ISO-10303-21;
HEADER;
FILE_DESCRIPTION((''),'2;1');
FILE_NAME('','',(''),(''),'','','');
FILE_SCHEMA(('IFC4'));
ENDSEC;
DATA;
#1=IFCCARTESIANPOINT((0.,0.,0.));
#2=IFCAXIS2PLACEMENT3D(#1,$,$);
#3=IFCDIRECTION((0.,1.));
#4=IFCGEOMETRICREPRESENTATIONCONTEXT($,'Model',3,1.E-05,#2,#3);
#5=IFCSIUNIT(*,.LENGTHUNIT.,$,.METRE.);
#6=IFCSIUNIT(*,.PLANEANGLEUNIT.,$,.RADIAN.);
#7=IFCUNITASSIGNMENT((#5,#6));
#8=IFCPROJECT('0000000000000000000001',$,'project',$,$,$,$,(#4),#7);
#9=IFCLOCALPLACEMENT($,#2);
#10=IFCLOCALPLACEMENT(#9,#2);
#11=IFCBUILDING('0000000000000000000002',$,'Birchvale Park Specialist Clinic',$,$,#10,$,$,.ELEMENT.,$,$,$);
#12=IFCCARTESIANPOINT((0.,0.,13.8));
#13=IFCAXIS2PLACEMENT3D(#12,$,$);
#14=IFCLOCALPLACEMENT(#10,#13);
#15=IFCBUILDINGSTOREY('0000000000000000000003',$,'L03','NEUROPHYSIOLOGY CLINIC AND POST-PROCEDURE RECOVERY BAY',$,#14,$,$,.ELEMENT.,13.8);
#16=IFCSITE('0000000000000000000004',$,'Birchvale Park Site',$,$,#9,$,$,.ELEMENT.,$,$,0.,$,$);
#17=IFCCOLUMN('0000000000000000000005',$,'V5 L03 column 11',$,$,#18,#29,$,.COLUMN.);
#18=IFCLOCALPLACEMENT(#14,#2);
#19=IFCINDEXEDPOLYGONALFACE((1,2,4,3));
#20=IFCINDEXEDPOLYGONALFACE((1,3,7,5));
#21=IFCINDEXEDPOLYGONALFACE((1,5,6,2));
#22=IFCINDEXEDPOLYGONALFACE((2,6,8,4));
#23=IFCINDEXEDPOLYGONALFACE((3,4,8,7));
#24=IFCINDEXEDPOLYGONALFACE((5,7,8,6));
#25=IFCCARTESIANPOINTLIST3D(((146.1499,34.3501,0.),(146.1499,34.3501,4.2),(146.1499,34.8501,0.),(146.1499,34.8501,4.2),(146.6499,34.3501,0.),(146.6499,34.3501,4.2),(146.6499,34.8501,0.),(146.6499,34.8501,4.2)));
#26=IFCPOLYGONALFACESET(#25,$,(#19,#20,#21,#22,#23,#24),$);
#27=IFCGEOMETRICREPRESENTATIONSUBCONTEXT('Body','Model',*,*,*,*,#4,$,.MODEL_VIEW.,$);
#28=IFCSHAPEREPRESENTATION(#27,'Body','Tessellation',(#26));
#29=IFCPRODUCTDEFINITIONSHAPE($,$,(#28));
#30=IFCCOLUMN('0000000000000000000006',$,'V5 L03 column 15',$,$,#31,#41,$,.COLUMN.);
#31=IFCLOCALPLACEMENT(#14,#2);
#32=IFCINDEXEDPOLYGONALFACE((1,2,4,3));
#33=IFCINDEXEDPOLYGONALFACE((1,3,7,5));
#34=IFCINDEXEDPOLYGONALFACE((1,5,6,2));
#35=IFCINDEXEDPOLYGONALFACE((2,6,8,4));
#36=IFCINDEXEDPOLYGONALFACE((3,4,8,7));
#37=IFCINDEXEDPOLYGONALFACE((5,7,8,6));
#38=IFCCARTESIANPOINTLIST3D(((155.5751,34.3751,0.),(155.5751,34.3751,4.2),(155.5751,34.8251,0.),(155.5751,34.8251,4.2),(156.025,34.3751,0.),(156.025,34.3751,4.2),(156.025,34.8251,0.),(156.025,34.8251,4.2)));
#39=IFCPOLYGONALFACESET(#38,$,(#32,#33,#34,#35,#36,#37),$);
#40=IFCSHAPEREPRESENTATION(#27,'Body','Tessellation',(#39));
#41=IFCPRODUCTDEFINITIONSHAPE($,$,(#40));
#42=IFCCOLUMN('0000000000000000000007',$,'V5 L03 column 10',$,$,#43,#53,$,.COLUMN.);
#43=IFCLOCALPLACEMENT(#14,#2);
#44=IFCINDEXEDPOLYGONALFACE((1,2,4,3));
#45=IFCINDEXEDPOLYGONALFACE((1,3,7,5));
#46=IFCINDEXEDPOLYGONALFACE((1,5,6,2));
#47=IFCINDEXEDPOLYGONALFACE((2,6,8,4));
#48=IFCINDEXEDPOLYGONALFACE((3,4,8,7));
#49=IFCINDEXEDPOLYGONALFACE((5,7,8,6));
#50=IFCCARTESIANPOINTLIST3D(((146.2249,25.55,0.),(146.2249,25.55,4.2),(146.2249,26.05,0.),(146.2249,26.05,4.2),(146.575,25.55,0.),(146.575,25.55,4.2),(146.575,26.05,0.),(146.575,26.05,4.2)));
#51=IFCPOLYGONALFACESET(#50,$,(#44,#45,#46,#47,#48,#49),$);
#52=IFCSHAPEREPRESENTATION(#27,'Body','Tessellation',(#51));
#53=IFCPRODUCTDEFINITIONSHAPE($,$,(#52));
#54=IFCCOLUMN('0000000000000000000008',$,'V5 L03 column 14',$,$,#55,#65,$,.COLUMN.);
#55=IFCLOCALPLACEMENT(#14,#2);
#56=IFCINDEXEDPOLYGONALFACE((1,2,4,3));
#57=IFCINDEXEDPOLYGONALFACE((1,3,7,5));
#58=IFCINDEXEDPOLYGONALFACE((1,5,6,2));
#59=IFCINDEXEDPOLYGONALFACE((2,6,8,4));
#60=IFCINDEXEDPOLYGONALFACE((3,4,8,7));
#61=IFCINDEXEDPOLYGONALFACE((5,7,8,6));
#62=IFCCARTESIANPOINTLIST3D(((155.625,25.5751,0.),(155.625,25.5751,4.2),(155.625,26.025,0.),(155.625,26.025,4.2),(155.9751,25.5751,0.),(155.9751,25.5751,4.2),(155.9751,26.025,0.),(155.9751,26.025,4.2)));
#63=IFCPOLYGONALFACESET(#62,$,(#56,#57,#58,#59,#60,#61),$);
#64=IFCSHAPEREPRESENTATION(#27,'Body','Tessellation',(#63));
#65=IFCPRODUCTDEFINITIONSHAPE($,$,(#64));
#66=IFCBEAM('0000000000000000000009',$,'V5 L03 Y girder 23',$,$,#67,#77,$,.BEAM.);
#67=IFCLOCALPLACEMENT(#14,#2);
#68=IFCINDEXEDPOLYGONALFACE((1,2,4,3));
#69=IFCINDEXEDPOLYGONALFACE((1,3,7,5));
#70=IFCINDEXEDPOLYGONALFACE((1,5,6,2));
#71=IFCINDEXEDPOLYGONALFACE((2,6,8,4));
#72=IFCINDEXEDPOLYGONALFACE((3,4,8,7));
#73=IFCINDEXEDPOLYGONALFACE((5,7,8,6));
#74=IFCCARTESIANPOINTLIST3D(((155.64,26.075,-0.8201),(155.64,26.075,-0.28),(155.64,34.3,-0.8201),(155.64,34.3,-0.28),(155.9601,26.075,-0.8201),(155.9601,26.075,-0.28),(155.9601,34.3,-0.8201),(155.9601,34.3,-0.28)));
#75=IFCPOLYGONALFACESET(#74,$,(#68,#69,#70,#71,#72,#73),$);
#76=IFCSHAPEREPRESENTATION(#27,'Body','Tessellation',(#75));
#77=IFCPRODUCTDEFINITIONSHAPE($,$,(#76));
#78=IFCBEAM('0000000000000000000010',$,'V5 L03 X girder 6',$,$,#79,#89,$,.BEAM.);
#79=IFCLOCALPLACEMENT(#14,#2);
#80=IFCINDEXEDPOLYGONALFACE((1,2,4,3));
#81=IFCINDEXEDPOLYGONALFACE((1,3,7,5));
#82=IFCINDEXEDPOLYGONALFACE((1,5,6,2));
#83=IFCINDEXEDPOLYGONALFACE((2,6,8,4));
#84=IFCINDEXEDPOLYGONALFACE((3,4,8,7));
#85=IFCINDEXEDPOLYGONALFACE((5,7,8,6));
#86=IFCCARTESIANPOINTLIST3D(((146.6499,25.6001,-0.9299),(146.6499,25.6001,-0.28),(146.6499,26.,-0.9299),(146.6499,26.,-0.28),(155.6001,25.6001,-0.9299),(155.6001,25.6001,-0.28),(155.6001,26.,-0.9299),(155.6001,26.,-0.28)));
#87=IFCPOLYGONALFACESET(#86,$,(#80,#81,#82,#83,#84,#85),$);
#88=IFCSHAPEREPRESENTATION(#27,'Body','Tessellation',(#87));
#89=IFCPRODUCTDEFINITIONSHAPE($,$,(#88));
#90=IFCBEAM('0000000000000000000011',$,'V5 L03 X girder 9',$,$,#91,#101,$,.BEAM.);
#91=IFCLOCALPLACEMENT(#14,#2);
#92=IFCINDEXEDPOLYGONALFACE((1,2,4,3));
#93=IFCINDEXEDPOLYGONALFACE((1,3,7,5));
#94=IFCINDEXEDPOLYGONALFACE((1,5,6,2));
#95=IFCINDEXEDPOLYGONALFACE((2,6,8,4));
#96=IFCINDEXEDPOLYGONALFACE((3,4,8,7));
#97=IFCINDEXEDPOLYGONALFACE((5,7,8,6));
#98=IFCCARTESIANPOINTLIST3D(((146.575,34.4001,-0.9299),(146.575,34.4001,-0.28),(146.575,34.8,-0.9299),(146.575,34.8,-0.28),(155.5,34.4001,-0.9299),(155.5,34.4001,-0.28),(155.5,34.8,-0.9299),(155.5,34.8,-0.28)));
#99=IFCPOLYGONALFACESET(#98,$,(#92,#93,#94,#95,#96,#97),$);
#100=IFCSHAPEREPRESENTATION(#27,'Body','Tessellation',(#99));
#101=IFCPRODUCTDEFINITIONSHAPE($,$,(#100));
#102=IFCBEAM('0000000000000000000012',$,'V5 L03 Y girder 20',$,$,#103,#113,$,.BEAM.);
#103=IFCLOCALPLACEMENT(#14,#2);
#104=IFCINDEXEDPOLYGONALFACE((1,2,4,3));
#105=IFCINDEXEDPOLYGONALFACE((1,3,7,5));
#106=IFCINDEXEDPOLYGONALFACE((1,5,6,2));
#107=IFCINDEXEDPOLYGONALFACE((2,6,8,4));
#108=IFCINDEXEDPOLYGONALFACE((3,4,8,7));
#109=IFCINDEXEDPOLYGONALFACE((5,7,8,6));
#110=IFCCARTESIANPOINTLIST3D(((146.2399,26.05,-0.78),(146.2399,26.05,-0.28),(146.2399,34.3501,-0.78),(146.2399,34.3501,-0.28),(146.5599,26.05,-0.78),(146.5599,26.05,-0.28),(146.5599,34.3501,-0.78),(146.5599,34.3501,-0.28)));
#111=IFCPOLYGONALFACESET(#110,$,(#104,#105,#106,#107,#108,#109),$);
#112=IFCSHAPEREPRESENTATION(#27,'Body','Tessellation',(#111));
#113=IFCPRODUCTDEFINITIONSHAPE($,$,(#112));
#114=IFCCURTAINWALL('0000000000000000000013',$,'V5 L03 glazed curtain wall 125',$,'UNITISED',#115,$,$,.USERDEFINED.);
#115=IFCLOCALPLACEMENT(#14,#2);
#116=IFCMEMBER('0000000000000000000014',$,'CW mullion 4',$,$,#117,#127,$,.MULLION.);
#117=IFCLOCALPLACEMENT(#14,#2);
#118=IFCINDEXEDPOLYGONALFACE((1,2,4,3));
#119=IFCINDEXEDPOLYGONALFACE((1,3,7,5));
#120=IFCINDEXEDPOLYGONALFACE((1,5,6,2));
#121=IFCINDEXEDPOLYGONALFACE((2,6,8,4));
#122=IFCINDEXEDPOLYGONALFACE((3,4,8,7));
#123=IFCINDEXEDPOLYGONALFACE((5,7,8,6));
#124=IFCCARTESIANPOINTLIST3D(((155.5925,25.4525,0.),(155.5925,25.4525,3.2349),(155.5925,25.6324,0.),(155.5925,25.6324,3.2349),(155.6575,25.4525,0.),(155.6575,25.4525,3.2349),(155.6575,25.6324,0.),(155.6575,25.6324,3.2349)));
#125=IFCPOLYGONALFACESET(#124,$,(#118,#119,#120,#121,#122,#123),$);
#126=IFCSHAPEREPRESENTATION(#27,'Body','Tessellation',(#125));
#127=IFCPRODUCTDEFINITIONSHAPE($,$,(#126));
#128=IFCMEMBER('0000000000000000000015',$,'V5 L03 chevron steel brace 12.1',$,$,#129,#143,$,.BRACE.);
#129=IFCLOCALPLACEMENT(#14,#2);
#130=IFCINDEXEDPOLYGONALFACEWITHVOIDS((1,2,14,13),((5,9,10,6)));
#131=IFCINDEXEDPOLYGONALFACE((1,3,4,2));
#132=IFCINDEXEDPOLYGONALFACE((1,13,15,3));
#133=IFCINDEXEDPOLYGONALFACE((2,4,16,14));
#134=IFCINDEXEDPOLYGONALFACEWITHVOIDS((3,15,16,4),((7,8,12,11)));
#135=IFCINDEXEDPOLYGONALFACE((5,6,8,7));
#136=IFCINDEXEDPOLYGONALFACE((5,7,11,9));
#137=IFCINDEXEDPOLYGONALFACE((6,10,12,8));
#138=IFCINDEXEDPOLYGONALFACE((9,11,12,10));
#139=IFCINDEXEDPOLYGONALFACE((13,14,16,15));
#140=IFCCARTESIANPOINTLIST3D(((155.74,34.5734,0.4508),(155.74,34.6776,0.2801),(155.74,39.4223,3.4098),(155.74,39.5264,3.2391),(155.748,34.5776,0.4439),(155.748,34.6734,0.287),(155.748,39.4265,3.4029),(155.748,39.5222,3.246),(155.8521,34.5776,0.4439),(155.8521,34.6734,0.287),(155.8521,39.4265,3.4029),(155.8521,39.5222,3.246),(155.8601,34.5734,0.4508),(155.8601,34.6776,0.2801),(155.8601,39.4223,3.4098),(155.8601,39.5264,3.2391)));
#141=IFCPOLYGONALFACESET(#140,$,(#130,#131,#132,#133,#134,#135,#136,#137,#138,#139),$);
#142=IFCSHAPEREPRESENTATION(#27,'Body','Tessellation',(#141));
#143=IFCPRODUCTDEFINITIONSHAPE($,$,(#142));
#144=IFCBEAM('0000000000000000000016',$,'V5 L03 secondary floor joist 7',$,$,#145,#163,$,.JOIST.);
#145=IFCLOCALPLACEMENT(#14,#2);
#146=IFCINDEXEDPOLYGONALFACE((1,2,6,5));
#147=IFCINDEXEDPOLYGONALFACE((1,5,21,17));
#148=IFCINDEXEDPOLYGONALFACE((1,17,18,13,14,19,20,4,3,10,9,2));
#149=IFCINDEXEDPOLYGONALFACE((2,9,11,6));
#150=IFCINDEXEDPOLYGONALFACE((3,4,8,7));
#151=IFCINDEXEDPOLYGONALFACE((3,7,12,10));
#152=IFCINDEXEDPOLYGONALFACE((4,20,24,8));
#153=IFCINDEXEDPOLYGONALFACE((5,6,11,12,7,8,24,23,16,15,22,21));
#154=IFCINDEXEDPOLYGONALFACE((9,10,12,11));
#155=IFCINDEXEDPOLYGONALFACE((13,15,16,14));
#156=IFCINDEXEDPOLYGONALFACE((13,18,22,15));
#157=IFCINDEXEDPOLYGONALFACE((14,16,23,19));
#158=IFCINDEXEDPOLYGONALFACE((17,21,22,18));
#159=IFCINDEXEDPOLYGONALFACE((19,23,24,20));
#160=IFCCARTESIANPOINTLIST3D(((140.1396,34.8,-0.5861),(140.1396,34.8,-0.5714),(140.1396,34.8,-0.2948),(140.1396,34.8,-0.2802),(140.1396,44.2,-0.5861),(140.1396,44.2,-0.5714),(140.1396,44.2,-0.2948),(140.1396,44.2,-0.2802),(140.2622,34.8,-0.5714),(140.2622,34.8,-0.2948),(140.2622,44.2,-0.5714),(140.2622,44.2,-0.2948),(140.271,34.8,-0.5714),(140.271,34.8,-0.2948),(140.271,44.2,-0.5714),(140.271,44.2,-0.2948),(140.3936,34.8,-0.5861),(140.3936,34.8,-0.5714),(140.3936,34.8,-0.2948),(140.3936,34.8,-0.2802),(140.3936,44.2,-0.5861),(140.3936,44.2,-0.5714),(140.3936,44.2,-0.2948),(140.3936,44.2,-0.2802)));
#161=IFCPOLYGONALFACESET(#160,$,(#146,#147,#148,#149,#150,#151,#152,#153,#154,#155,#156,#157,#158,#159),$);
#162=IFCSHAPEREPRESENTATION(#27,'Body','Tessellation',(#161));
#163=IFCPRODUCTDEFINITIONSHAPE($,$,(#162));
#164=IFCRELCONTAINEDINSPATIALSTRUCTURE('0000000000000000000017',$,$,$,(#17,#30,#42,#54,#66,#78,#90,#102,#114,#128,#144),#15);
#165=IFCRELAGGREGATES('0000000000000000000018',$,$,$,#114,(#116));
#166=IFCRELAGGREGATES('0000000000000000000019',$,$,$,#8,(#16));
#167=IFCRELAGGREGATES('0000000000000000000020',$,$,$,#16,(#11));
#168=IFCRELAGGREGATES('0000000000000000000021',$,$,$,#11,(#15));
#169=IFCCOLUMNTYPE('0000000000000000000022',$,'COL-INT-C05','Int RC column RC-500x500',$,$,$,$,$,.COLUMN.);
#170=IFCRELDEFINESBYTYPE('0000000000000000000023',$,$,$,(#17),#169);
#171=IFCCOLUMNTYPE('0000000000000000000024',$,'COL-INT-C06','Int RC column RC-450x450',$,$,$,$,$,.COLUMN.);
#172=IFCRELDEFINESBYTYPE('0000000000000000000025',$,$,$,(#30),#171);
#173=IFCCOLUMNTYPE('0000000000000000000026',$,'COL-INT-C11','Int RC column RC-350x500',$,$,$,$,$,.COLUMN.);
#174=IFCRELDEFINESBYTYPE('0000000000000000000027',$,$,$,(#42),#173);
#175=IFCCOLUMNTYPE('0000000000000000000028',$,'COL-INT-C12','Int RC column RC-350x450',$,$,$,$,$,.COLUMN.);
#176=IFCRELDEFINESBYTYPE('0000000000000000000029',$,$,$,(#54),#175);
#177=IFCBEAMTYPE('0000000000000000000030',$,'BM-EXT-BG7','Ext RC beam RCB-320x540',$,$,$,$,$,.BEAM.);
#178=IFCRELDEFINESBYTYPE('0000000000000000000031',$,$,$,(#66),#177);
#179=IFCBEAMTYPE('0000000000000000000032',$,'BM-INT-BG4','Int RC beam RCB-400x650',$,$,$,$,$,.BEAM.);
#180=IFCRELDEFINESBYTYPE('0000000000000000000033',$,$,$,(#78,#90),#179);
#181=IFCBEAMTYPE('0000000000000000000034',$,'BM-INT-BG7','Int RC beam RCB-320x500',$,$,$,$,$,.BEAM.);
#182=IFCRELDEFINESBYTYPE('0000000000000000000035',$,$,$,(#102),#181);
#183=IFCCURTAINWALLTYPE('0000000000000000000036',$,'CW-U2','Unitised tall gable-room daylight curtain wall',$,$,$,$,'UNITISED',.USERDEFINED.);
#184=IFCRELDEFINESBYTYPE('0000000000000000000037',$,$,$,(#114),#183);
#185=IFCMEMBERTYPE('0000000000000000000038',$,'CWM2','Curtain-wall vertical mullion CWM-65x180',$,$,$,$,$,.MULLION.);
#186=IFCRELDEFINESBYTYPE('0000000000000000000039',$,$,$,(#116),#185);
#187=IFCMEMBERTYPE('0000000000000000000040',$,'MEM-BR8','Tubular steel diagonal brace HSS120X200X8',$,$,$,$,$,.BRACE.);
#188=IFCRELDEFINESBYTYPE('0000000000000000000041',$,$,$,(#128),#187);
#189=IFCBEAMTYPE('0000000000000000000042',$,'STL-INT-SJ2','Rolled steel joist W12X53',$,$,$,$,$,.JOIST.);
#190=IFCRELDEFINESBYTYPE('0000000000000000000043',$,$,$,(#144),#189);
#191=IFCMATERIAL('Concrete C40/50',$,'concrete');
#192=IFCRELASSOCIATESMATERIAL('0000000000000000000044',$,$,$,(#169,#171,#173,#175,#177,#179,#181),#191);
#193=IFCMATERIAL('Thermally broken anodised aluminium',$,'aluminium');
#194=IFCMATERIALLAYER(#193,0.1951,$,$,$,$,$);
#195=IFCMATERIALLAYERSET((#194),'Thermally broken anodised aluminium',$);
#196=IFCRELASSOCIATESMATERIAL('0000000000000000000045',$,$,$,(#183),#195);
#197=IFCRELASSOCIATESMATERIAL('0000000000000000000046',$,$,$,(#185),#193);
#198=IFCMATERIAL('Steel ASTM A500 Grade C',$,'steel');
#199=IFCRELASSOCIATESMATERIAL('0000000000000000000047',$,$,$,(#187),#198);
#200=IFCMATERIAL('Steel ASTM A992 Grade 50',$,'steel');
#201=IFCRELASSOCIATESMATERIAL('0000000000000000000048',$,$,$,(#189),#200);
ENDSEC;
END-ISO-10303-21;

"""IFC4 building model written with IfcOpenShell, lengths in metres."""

from ifc_helpers import new_model, si_unit, direction, frame, origin, origin_2d, place, context, subcontext, project, spatial, rectangle, hollow_rectangle, i_section, extrude, material, layer, layer_set, material_profile, profile_set, type_object, element, aggregate, save


model = new_model("IFC4")

# Units and contexts
model_context = context("Model", 3, precision=1e-05, world=origin(), true_north=direction((0.0, 1.0)))
body_context = subcontext(model_context, "Body", "Model", "MODEL_VIEW")
ifc_project = project(units=[si_unit("LENGTHUNIT", "METRE"), si_unit("PLANEANGLEUNIT", "RADIAN")], contexts=[model_context])

# Site, building, storey
site_placement = place(None, origin())
site = spatial("IfcSite", under=ifc_project, at=site_placement, Name="Birchvale Park Site", CompositionType="ELEMENT", RefElevation=0.0)
building_placement = place(site_placement, origin())
building = spatial("IfcBuilding", under=site, at=building_placement, Name="Birchvale Park Specialist Clinic", CompositionType="ELEMENT")
storey_placement = place(building_placement, frame((0.0, 0.0, 13.8)))
storey = spatial("IfcBuildingStorey", under=building, at=storey_placement, Name="L03", Description="NEUROPHYSIOLOGY CLINIC AND POST-PROCEDURE RECOVERY BAY", CompositionType="ELEMENT", Elevation=13.8)

# Columns
ifc_material_1 = material(Name="Concrete C40/50", Category="concrete")
ifc_material_profile_1 = material_profile(ifc_material_1, rectangle(XDim=0.5, YDim=0.5, at=origin_2d()), Name="RC-500x500")
ifc_profile_set_1 = profile_set([ifc_material_profile_1], Name="Concrete C40/50")
column_type_1 = type_object("IfcColumnType", Name="COL-INT-C05", Description="Int RC column RC-500x500", PredefinedType="COLUMN", material=ifc_profile_set_1)
column_1_placement = place(storey_placement, frame((146.3999, 34.6001, 0.0), z_axis=(0.0, 0.0, 1.0), x_axis=(1.0, 0.0, 0.0)))
element("IfcColumn", 1, at=column_1_placement, inside=storey, type_object=column_type_1, Name="V5 L03 column 11", PredefinedType="COLUMN", context=body_context, shape_type="SweptSolid", body=[
    extrude(rectangle(XDim=0.5, YDim=0.5, at=origin_2d()), origin(), (0.0, 0.0, 1.0), 4.2),
])
ifc_material_profile_2 = material_profile(ifc_material_1, rectangle(XDim=0.45, YDim=0.45, at=origin_2d()), Name="RC-450x450")
ifc_profile_set_2 = profile_set([ifc_material_profile_2], Name="Concrete C40/50")
column_type_2 = type_object("IfcColumnType", Name="COL-INT-C06", Description="Int RC column RC-450x450", PredefinedType="COLUMN", material=ifc_profile_set_2)
column_2_placement = place(storey_placement, frame((155.8, 34.6001, 0.0), z_axis=(0.0, 0.0, 1.0), x_axis=(1.0, 0.0, 0.0)))
element("IfcColumn", 2, at=column_2_placement, inside=storey, type_object=column_type_2, Name="V5 L03 column 15", PredefinedType="COLUMN", context=body_context, shape_type="SweptSolid", body=[
    extrude(rectangle(XDim=0.45, YDim=0.45, at=origin_2d()), origin(), (0.0, 0.0, 1.0), 4.2),
])
ifc_material_profile_3 = material_profile(ifc_material_1, rectangle(XDim=0.3501, YDim=0.5, at=origin_2d()), Name="RC-350x500")
ifc_profile_set_3 = profile_set([ifc_material_profile_3], Name="Concrete C40/50")
column_type_3 = type_object("IfcColumnType", Name="COL-INT-C11", Description="Int RC column RC-350x500", PredefinedType="COLUMN", material=ifc_profile_set_3)
column_3_placement = place(storey_placement, frame((146.3999, 25.8, 0.0), z_axis=(0.0, 0.0, 1.0), x_axis=(1.0, 0.0, 0.0)))
element("IfcColumn", 3, at=column_3_placement, inside=storey, type_object=column_type_3, Name="V5 L03 column 10", PredefinedType="COLUMN", context=body_context, shape_type="SweptSolid", body=[
    extrude(rectangle(XDim=0.3501, YDim=0.5, at=origin_2d()), origin(), (0.0, 0.0, 1.0), 4.2),
])
ifc_material_profile_4 = material_profile(ifc_material_1, rectangle(XDim=0.3501, YDim=0.45, at=origin_2d()), Name="RC-350x450")
ifc_profile_set_4 = profile_set([ifc_material_profile_4], Name="Concrete C40/50")
column_type_4 = type_object("IfcColumnType", Name="COL-INT-C12", Description="Int RC column RC-350x450", PredefinedType="COLUMN", material=ifc_profile_set_4)
column_4_placement = place(storey_placement, frame((155.8, 25.8, 0.0), z_axis=(0.0, 0.0, 1.0), x_axis=(1.0, 0.0, 0.0)))
element("IfcColumn", 4, at=column_4_placement, inside=storey, type_object=column_type_4, Name="V5 L03 column 14", PredefinedType="COLUMN", context=body_context, shape_type="SweptSolid", body=[
    extrude(rectangle(XDim=0.3501, YDim=0.45, at=origin_2d()), origin(), (0.0, 0.0, 1.0), 4.2),
])

# Beams
ifc_material_profile_5 = material_profile(ifc_material_1, rectangle(XDim=0.3201, YDim=0.54, at=origin_2d()), Name="RCB-320x540")
ifc_profile_set_5 = profile_set([ifc_material_profile_5], Name="Concrete C40/50")
beam_type_1 = type_object("IfcBeamType", Name="BM-EXT-BG7", Description="Ext RC beam RCB-320x540", PredefinedType="BEAM", material=ifc_profile_set_5)
beam_1_placement = place(storey_placement, frame((155.8, 26.075, -0.55), z_axis=(0.0, 1.0, 0.0), x_axis=(-1.0, 0.0, 0.0)))
element("IfcBeam", 5, at=beam_1_placement, inside=storey, type_object=beam_type_1, Name="V5 L03 Y girder 23", PredefinedType="BEAM", context=body_context, shape_type="SweptSolid", body=[
    extrude(rectangle(XDim=0.3201, YDim=0.54, at=origin_2d()), origin(), (0.0, 0.0, 1.0), 8.2251),
])
ifc_material_profile_6 = material_profile(ifc_material_1, rectangle(XDim=0.3999, YDim=0.6499, at=origin_2d()), Name="RCB-400x650")
ifc_profile_set_6 = profile_set([ifc_material_profile_6], Name="Concrete C40/50")
beam_type_2 = type_object("IfcBeamType", Name="BM-INT-BG4", Description="Int RC beam RCB-400x650", PredefinedType="BEAM", material=ifc_profile_set_6)
beam_2_placement = place(storey_placement, frame((146.6499, 25.8, -0.605), z_axis=(1.0, 0.0, 0.0), x_axis=(0.0, 1.0, 0.0)))
element("IfcBeam", 6, at=beam_2_placement, inside=storey, type_object=beam_type_2, Name="V5 L03 X girder 6", PredefinedType="BEAM", context=body_context, shape_type="SweptSolid", body=[
    extrude(rectangle(XDim=0.3999, YDim=0.6499, at=origin_2d()), origin(), (0.0, 0.0, 1.0), 8.9502),
])
beam_3_placement = place(storey_placement, frame((146.575, 34.6001, -0.605), z_axis=(1.0, 0.0, 0.0), x_axis=(0.0, 1.0, 0.0)))
element("IfcBeam", 7, at=beam_3_placement, inside=storey, type_object=beam_type_2, Name="V5 L03 X girder 9", PredefinedType="BEAM", context=body_context, shape_type="SweptSolid", body=[
    extrude(rectangle(XDim=0.3999, YDim=0.6499, at=origin_2d()), origin(), (0.0, 0.0, 1.0), 8.925),
])
ifc_material_profile_7 = material_profile(ifc_material_1, rectangle(XDim=0.3201, YDim=0.5, at=origin_2d()), Name="RCB-320x500")
ifc_profile_set_7 = profile_set([ifc_material_profile_7], Name="Concrete C40/50")
beam_type_3 = type_object("IfcBeamType", Name="BM-INT-BG7", Description="Int RC beam RCB-320x500", PredefinedType="BEAM", material=ifc_profile_set_7)
beam_4_placement = place(storey_placement, frame((146.3999, 26.05, -0.53), z_axis=(0.0, 1.0, 0.0), x_axis=(-1.0, 0.0, 0.0)))
element("IfcBeam", 8, at=beam_4_placement, inside=storey, type_object=beam_type_3, Name="V5 L03 Y girder 20", PredefinedType="BEAM", context=body_context, shape_type="SweptSolid", body=[
    extrude(rectangle(XDim=0.3201, YDim=0.5, at=origin_2d()), origin(), (0.0, 0.0, 1.0), 8.3),
])

# Curtain wall, member
ifc_material_2 = material(Name="Thermally broken anodised aluminium", Category="aluminium")
ifc_layer_1 = layer(ifc_material_2, 0.1951)
ifc_layer_set_1 = layer_set([ifc_layer_1], Name="Thermally broken anodised aluminium")
curtain_wall_type = type_object("IfcCurtainWallType", Name="CW-U2", Description="Unitised tall gable-room daylight curtain wall", ElementType="UNITISED", PredefinedType="USERDEFINED", material=ifc_layer_set_1)
curtain_wall_placement = place(storey_placement, origin())
curtain_wall = element("IfcCurtainWall", 9, at=curtain_wall_placement, inside=storey, type_object=curtain_wall_type, Name="V5 L03 glazed curtain wall 125", ObjectType="UNITISED", PredefinedType="USERDEFINED")
ifc_material_profile_8 = material_profile(ifc_material_2, rectangle(XDim=0.0649, YDim=0.1799, at=origin_2d()), Name="CWM-65x180")
ifc_profile_set_8 = profile_set([ifc_material_profile_8], Name="Thermally broken anodised aluminium")
member_type_1 = type_object("IfcMemberType", Name="CWM2", Description="Curtain-wall vertical mullion CWM-65x180", PredefinedType="MULLION", material=ifc_profile_set_8)
member_1_placement = place(storey_placement, frame((155.625, 25.5425, 0.0), z_axis=(0.0, 0.0, 1.0), x_axis=(-1.0, 0.0, 0.0)))
member_1 = element("IfcMember", 10, at=member_1_placement, type_object=member_type_1, Name="CW mullion 4", PredefinedType="MULLION", context=body_context, shape_type="SweptSolid", body=[
    extrude(rectangle(XDim=0.0649, YDim=0.1799, at=origin_2d()), origin(), (0.0, 0.0, 1.0), 3.2349),
])
aggregate(curtain_wall, [member_1])

# Member
ifc_material_3 = material(Name="Steel ASTM A500 Grade C", Category="steel")
ifc_material_profile_9 = material_profile(ifc_material_3, hollow_rectangle(XDim=0.1201, YDim=0.2, WallThickness=0.0081, at=origin_2d()), Name="HSS120X200X8")
ifc_profile_set_9 = profile_set([ifc_material_profile_9], Name="Steel ASTM A500 Grade C")
member_type_2 = type_object("IfcMemberType", Name="MEM-BR8", Description="Tubular steel diagonal brace HSS120X200X8", PredefinedType="BRACE", material=ifc_profile_set_9)
member_2_placement = place(storey_placement, frame((155.8, 34.6255, 0.3655), z_axis=(0.0, 0.853612, 0.520909), x_axis=(-1.0, 0.0, 0.0)))
element("IfcMember", 11, at=member_2_placement, inside=storey, type_object=member_type_2, Name="V5 L03 chevron steel brace 12.1", PredefinedType="BRACE", context=body_context, shape_type="SweptSolid", body=[
    extrude(hollow_rectangle(XDim=0.1201, YDim=0.2, WallThickness=0.0081, at=origin_2d()), origin(), (0.0, 0.0, 1.0), 5.6804),
])

# Beam
ifc_material_4 = material(Name="Steel ASTM A992 Grade 50", Category="steel")
ifc_material_profile_10 = material_profile(ifc_material_4, i_section(OverallWidth=0.2539, OverallDepth=0.3059, WebThickness=0.0088, FlangeThickness=0.0146, at=origin_2d()), Name="W12X53")
ifc_profile_set_10 = profile_set([ifc_material_profile_10], Name="Steel ASTM A992 Grade 50")
beam_type_4 = type_object("IfcBeamType", Name="STL-INT-SJ2", Description="Rolled steel joist W12X53", PredefinedType="JOIST", material=ifc_profile_set_10)
beam_5_placement = place(storey_placement, frame((140.2666, 34.8, -0.4331), z_axis=(0.0, 1.0, 0.0), x_axis=(-1.0, 0.0, 0.0)))
element("IfcBeam", 12, at=beam_5_placement, inside=storey, type_object=beam_type_4, Name="V5 L03 secondary floor joist 7", PredefinedType="JOIST", context=body_context, shape_type="SweptSolid", body=[
    extrude(i_section(OverallWidth=0.2539, OverallDepth=0.3059, WebThickness=0.0088, FlangeThickness=0.0146, at=origin_2d()), origin(), (0.0, 0.0, 1.0), 9.3999),
])

save(model, "model.ifc")
